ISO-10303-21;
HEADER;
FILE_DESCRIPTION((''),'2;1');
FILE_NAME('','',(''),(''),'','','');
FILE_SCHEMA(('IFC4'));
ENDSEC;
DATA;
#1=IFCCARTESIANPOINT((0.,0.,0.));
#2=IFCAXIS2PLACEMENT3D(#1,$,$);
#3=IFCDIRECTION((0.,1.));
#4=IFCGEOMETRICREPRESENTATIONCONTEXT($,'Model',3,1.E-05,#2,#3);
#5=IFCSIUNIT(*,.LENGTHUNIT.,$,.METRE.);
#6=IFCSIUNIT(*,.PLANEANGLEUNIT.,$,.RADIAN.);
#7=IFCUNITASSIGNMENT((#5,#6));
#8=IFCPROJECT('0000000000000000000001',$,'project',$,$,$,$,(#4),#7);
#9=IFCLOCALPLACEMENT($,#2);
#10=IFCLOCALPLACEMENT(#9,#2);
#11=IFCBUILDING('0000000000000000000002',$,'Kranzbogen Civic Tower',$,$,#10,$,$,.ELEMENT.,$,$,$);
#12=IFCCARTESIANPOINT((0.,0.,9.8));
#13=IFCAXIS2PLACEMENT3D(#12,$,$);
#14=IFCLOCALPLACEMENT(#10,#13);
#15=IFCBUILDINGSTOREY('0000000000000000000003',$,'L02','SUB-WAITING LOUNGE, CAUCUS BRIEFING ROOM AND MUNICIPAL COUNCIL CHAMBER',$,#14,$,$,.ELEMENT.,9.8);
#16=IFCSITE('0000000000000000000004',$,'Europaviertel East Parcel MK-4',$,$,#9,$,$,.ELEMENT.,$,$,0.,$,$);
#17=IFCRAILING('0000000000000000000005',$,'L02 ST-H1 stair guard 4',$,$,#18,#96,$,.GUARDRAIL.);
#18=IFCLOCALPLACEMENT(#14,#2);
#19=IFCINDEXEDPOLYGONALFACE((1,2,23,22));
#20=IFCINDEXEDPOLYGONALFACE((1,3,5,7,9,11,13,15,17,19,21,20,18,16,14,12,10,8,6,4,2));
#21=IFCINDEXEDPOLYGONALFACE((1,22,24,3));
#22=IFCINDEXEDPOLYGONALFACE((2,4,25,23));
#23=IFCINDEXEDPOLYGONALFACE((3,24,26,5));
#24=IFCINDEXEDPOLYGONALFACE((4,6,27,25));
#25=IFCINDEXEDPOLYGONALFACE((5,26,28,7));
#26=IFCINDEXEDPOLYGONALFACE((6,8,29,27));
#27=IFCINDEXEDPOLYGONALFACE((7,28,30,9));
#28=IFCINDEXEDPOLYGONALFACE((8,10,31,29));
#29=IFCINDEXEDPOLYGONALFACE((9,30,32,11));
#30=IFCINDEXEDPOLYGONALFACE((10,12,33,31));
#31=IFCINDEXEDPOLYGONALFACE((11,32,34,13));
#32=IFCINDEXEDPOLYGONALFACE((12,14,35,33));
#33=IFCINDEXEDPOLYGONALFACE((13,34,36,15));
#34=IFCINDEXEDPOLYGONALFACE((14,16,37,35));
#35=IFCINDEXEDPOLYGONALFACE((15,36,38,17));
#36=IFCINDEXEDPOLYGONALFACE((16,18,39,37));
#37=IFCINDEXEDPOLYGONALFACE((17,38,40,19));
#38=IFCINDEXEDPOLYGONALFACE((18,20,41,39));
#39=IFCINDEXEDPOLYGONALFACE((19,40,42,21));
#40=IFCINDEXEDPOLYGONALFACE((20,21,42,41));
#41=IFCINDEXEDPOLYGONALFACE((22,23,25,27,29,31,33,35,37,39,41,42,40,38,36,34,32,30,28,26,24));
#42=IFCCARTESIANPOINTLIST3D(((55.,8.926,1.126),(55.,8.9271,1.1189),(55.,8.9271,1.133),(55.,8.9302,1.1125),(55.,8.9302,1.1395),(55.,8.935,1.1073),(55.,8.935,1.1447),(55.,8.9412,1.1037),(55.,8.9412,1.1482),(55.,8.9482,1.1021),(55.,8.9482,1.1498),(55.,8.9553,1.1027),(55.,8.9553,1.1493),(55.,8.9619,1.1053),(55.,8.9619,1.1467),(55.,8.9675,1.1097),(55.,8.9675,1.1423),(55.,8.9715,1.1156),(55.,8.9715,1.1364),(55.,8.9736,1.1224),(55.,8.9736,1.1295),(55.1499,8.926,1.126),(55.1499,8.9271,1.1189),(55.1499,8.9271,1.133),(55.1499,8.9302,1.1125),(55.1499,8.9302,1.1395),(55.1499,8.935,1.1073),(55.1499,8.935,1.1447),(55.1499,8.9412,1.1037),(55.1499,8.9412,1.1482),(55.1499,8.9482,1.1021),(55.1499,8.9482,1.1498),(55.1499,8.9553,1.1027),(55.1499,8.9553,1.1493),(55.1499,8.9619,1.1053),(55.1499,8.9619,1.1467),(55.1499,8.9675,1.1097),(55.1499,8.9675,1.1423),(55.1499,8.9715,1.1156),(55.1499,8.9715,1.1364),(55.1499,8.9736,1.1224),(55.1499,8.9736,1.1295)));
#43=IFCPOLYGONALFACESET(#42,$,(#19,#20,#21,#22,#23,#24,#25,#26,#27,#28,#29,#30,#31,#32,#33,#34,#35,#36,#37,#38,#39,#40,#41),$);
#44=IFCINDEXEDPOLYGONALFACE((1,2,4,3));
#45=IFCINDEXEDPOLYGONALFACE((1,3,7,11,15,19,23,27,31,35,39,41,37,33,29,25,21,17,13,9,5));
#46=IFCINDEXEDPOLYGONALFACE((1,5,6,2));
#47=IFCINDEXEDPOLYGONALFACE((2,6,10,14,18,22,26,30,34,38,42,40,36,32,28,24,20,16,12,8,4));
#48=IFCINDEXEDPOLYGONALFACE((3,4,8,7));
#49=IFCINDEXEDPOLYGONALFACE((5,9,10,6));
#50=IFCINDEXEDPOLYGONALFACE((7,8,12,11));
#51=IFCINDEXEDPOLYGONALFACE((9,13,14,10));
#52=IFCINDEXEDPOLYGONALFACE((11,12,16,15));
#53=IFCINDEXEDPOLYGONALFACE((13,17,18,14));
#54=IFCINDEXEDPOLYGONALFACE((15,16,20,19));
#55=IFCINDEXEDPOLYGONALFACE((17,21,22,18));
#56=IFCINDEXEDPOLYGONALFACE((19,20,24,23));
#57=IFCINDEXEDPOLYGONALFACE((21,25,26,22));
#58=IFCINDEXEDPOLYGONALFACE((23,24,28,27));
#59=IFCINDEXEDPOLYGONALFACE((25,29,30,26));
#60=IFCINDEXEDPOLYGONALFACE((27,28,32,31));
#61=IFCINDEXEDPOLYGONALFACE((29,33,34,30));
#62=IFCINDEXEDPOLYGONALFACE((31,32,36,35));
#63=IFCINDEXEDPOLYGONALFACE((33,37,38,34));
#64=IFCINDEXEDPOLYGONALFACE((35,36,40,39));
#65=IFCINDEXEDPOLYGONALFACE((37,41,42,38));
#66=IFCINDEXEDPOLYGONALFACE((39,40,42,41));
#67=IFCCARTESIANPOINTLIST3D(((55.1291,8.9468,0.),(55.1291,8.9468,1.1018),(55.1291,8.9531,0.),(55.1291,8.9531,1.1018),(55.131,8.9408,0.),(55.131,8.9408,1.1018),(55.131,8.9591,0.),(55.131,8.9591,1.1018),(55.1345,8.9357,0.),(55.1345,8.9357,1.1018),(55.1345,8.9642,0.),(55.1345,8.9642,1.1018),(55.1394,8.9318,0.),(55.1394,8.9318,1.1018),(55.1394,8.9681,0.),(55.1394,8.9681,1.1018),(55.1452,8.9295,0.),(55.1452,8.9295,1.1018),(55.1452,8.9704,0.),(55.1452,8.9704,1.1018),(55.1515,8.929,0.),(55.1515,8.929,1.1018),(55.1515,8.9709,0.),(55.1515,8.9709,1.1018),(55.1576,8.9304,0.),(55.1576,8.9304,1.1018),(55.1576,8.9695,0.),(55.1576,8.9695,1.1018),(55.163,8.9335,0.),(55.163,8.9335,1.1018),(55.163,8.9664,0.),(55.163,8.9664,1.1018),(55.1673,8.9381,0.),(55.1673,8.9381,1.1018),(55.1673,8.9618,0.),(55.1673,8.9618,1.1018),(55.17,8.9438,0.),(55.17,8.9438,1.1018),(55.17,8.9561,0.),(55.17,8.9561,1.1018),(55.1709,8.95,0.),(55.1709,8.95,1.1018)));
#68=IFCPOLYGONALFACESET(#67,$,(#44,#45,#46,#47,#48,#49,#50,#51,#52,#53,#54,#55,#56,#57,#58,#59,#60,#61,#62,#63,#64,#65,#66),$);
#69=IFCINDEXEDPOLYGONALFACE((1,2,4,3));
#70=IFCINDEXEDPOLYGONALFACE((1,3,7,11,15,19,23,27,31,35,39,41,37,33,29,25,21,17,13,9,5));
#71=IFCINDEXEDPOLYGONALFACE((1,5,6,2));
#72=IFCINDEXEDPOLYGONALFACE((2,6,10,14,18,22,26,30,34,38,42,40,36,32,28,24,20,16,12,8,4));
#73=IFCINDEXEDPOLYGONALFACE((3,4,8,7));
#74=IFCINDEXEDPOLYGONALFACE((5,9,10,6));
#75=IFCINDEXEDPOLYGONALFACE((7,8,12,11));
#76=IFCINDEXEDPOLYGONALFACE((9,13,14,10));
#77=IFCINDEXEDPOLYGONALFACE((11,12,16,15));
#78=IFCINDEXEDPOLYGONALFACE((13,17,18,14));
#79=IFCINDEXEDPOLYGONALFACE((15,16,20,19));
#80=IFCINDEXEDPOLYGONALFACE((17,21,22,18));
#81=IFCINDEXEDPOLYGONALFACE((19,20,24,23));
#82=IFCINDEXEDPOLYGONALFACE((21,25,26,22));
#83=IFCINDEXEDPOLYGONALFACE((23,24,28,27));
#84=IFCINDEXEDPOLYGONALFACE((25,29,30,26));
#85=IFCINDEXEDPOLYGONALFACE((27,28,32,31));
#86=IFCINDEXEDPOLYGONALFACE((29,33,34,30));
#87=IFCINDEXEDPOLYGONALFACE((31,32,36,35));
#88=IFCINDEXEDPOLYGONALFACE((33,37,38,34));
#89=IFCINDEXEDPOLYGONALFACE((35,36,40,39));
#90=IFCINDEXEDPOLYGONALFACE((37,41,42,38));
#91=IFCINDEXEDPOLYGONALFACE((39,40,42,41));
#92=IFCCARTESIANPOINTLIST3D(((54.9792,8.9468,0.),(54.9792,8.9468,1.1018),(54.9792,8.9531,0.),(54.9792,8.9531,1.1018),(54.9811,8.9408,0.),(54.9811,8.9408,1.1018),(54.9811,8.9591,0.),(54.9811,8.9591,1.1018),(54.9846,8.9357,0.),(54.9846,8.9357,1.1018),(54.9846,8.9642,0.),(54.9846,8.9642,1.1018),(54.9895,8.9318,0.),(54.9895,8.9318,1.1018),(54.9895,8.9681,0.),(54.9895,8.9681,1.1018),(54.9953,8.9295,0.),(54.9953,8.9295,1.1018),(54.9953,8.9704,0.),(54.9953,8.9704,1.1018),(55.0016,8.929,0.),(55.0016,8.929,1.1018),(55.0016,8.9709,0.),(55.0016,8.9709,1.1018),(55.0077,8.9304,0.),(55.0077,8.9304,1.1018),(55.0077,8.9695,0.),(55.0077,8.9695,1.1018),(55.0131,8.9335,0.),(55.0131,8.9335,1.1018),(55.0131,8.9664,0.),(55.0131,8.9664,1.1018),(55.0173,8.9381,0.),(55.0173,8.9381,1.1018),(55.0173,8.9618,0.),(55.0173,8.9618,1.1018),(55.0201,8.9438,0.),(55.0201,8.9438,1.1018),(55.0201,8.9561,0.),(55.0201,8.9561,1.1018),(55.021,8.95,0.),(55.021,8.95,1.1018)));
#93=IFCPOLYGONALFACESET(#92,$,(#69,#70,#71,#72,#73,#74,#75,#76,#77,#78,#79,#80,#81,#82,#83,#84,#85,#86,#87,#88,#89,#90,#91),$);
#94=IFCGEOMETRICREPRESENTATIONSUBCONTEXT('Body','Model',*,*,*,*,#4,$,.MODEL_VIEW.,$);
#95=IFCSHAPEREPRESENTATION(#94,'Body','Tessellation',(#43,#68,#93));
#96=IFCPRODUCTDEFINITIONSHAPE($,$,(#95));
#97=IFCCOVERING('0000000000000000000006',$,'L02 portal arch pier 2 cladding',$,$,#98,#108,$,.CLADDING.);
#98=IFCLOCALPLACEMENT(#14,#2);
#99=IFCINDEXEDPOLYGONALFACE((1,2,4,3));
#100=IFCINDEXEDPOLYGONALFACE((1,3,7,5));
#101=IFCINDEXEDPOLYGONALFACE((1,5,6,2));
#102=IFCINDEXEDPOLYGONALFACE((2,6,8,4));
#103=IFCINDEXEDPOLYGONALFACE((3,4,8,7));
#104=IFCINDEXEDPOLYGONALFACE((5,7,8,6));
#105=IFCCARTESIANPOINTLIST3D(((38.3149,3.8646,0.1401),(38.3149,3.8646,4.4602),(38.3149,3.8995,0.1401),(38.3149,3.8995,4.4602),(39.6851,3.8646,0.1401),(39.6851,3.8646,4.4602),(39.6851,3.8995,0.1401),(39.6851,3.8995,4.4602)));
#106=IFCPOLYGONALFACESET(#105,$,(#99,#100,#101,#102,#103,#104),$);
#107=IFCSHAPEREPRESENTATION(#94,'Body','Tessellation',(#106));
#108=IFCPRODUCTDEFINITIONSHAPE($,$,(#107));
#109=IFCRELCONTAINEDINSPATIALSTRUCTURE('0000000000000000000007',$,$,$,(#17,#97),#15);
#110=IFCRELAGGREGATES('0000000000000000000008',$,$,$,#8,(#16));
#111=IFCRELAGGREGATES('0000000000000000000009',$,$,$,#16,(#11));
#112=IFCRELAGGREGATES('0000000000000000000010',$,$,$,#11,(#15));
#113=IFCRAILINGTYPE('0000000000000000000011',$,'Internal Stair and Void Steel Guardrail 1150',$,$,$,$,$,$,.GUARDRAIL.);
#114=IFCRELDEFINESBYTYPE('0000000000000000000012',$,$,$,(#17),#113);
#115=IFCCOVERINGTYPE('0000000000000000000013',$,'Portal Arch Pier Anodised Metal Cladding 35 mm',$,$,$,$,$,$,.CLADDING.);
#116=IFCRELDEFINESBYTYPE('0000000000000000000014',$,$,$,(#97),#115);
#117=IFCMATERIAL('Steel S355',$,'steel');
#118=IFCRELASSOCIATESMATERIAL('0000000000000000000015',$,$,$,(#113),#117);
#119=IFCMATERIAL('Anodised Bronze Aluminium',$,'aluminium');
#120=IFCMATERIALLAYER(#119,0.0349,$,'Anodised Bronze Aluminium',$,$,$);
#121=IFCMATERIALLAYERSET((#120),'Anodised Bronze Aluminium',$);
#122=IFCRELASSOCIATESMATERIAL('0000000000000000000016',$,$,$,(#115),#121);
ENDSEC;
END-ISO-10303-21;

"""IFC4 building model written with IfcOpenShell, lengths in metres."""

from ifc_helpers import new_model, si_unit, direction, frame, origin, origin_2d, place, context, subcontext, project, spatial, rectangle, circle, extrude, material, layer, layer_set, type_object, element, save


model = new_model("IFC4")

# Units and contexts
model_context = context("Model", 3, precision=1e-05, world=origin(), true_north=direction((0.0, 1.0)))
body_context = subcontext(model_context, "Body", "Model", "MODEL_VIEW")
ifc_project = project(units=[si_unit("LENGTHUNIT", "METRE"), si_unit("PLANEANGLEUNIT", "RADIAN")], contexts=[model_context])

# Site, building, storey
site_placement = place(None, origin())
site = spatial("IfcSite", under=ifc_project, at=site_placement, Name="Europaviertel East Parcel MK-4", CompositionType="ELEMENT", RefElevation=0.0)
building_placement = place(site_placement, origin())
building = spatial("IfcBuilding", under=site, at=building_placement, Name="Kranzbogen Civic Tower", CompositionType="ELEMENT")
storey_placement = place(building_placement, frame((0.0, 0.0, 9.8)))
storey = spatial("IfcBuildingStorey", under=building, at=storey_placement, Name="L02", Description="SUB-WAITING LOUNGE, CAUCUS BRIEFING ROOM AND MUNICIPAL COUNCIL CHAMBER", CompositionType="ELEMENT", Elevation=9.8)

# Shared definitions
ifc_material_1 = material(Name="Steel S355", Category="steel")

# Railing
railing_type_1 = type_object("IfcRailingType", Name="Internal Stair and Void Steel Guardrail 1150", PredefinedType="GUARDRAIL", material=ifc_material_1)
railing_1_placement = place(storey_placement, frame((55.1499, 8.95, 0.0)))
element("IfcRailing", 1, at=railing_1_placement, inside=storey, type_object=railing_type_1, Name="L02 ST-H1 stair guard 4", PredefinedType="GUARDRAIL", context=body_context, shape_type="SweptSolid", body=[
    extrude(circle(Radius=0.0239, at=origin_2d()), frame((0.0, 0.0, 1.126), z_axis=(-1.0, 0.0, 0.0), x_axis=(0.0, -1.0, 0.0)), (0.0, 0.0, 1.0), 0.1499),
    extrude(circle(Radius=0.021, at=origin_2d()), origin(), (0.0, 0.0, 1.0), 1.1018),
    extrude(circle(Radius=0.021, at=origin_2d()), frame((-0.1499, 0.0, 0.0)), (0.0, 0.0, 1.0), 1.1018),
])

# Covering
ifc_material_2 = material(Name="Anodised Bronze Aluminium", Category="aluminium")
ifc_layer_1 = layer(ifc_material_2, 0.0349, Name="Anodised Bronze Aluminium")
ifc_layer_set_1 = layer_set([ifc_layer_1], Name="Anodised Bronze Aluminium")
covering_type = type_object("IfcCoveringType", Name="Portal Arch Pier Anodised Metal Cladding 35 mm", PredefinedType="CLADDING", material=ifc_layer_set_1)
covering_placement = place(storey_placement, frame((39.0, 3.8821, 0.1401), z_axis=(0.0, 0.0, 1.0), x_axis=(1.0, 0.0, 0.0)))
element("IfcCovering", 2, at=covering_placement, inside=storey, type_object=covering_type, Name="L02 portal arch pier 2 cladding", PredefinedType="CLADDING", context=body_context, shape_type="SweptSolid", body=[
    extrude(rectangle(XDim=1.3701, YDim=0.0349, at=origin_2d()), origin(), (0.0, 0.0, 1.0), 4.3201),
])

save(model, "model.ifc")
